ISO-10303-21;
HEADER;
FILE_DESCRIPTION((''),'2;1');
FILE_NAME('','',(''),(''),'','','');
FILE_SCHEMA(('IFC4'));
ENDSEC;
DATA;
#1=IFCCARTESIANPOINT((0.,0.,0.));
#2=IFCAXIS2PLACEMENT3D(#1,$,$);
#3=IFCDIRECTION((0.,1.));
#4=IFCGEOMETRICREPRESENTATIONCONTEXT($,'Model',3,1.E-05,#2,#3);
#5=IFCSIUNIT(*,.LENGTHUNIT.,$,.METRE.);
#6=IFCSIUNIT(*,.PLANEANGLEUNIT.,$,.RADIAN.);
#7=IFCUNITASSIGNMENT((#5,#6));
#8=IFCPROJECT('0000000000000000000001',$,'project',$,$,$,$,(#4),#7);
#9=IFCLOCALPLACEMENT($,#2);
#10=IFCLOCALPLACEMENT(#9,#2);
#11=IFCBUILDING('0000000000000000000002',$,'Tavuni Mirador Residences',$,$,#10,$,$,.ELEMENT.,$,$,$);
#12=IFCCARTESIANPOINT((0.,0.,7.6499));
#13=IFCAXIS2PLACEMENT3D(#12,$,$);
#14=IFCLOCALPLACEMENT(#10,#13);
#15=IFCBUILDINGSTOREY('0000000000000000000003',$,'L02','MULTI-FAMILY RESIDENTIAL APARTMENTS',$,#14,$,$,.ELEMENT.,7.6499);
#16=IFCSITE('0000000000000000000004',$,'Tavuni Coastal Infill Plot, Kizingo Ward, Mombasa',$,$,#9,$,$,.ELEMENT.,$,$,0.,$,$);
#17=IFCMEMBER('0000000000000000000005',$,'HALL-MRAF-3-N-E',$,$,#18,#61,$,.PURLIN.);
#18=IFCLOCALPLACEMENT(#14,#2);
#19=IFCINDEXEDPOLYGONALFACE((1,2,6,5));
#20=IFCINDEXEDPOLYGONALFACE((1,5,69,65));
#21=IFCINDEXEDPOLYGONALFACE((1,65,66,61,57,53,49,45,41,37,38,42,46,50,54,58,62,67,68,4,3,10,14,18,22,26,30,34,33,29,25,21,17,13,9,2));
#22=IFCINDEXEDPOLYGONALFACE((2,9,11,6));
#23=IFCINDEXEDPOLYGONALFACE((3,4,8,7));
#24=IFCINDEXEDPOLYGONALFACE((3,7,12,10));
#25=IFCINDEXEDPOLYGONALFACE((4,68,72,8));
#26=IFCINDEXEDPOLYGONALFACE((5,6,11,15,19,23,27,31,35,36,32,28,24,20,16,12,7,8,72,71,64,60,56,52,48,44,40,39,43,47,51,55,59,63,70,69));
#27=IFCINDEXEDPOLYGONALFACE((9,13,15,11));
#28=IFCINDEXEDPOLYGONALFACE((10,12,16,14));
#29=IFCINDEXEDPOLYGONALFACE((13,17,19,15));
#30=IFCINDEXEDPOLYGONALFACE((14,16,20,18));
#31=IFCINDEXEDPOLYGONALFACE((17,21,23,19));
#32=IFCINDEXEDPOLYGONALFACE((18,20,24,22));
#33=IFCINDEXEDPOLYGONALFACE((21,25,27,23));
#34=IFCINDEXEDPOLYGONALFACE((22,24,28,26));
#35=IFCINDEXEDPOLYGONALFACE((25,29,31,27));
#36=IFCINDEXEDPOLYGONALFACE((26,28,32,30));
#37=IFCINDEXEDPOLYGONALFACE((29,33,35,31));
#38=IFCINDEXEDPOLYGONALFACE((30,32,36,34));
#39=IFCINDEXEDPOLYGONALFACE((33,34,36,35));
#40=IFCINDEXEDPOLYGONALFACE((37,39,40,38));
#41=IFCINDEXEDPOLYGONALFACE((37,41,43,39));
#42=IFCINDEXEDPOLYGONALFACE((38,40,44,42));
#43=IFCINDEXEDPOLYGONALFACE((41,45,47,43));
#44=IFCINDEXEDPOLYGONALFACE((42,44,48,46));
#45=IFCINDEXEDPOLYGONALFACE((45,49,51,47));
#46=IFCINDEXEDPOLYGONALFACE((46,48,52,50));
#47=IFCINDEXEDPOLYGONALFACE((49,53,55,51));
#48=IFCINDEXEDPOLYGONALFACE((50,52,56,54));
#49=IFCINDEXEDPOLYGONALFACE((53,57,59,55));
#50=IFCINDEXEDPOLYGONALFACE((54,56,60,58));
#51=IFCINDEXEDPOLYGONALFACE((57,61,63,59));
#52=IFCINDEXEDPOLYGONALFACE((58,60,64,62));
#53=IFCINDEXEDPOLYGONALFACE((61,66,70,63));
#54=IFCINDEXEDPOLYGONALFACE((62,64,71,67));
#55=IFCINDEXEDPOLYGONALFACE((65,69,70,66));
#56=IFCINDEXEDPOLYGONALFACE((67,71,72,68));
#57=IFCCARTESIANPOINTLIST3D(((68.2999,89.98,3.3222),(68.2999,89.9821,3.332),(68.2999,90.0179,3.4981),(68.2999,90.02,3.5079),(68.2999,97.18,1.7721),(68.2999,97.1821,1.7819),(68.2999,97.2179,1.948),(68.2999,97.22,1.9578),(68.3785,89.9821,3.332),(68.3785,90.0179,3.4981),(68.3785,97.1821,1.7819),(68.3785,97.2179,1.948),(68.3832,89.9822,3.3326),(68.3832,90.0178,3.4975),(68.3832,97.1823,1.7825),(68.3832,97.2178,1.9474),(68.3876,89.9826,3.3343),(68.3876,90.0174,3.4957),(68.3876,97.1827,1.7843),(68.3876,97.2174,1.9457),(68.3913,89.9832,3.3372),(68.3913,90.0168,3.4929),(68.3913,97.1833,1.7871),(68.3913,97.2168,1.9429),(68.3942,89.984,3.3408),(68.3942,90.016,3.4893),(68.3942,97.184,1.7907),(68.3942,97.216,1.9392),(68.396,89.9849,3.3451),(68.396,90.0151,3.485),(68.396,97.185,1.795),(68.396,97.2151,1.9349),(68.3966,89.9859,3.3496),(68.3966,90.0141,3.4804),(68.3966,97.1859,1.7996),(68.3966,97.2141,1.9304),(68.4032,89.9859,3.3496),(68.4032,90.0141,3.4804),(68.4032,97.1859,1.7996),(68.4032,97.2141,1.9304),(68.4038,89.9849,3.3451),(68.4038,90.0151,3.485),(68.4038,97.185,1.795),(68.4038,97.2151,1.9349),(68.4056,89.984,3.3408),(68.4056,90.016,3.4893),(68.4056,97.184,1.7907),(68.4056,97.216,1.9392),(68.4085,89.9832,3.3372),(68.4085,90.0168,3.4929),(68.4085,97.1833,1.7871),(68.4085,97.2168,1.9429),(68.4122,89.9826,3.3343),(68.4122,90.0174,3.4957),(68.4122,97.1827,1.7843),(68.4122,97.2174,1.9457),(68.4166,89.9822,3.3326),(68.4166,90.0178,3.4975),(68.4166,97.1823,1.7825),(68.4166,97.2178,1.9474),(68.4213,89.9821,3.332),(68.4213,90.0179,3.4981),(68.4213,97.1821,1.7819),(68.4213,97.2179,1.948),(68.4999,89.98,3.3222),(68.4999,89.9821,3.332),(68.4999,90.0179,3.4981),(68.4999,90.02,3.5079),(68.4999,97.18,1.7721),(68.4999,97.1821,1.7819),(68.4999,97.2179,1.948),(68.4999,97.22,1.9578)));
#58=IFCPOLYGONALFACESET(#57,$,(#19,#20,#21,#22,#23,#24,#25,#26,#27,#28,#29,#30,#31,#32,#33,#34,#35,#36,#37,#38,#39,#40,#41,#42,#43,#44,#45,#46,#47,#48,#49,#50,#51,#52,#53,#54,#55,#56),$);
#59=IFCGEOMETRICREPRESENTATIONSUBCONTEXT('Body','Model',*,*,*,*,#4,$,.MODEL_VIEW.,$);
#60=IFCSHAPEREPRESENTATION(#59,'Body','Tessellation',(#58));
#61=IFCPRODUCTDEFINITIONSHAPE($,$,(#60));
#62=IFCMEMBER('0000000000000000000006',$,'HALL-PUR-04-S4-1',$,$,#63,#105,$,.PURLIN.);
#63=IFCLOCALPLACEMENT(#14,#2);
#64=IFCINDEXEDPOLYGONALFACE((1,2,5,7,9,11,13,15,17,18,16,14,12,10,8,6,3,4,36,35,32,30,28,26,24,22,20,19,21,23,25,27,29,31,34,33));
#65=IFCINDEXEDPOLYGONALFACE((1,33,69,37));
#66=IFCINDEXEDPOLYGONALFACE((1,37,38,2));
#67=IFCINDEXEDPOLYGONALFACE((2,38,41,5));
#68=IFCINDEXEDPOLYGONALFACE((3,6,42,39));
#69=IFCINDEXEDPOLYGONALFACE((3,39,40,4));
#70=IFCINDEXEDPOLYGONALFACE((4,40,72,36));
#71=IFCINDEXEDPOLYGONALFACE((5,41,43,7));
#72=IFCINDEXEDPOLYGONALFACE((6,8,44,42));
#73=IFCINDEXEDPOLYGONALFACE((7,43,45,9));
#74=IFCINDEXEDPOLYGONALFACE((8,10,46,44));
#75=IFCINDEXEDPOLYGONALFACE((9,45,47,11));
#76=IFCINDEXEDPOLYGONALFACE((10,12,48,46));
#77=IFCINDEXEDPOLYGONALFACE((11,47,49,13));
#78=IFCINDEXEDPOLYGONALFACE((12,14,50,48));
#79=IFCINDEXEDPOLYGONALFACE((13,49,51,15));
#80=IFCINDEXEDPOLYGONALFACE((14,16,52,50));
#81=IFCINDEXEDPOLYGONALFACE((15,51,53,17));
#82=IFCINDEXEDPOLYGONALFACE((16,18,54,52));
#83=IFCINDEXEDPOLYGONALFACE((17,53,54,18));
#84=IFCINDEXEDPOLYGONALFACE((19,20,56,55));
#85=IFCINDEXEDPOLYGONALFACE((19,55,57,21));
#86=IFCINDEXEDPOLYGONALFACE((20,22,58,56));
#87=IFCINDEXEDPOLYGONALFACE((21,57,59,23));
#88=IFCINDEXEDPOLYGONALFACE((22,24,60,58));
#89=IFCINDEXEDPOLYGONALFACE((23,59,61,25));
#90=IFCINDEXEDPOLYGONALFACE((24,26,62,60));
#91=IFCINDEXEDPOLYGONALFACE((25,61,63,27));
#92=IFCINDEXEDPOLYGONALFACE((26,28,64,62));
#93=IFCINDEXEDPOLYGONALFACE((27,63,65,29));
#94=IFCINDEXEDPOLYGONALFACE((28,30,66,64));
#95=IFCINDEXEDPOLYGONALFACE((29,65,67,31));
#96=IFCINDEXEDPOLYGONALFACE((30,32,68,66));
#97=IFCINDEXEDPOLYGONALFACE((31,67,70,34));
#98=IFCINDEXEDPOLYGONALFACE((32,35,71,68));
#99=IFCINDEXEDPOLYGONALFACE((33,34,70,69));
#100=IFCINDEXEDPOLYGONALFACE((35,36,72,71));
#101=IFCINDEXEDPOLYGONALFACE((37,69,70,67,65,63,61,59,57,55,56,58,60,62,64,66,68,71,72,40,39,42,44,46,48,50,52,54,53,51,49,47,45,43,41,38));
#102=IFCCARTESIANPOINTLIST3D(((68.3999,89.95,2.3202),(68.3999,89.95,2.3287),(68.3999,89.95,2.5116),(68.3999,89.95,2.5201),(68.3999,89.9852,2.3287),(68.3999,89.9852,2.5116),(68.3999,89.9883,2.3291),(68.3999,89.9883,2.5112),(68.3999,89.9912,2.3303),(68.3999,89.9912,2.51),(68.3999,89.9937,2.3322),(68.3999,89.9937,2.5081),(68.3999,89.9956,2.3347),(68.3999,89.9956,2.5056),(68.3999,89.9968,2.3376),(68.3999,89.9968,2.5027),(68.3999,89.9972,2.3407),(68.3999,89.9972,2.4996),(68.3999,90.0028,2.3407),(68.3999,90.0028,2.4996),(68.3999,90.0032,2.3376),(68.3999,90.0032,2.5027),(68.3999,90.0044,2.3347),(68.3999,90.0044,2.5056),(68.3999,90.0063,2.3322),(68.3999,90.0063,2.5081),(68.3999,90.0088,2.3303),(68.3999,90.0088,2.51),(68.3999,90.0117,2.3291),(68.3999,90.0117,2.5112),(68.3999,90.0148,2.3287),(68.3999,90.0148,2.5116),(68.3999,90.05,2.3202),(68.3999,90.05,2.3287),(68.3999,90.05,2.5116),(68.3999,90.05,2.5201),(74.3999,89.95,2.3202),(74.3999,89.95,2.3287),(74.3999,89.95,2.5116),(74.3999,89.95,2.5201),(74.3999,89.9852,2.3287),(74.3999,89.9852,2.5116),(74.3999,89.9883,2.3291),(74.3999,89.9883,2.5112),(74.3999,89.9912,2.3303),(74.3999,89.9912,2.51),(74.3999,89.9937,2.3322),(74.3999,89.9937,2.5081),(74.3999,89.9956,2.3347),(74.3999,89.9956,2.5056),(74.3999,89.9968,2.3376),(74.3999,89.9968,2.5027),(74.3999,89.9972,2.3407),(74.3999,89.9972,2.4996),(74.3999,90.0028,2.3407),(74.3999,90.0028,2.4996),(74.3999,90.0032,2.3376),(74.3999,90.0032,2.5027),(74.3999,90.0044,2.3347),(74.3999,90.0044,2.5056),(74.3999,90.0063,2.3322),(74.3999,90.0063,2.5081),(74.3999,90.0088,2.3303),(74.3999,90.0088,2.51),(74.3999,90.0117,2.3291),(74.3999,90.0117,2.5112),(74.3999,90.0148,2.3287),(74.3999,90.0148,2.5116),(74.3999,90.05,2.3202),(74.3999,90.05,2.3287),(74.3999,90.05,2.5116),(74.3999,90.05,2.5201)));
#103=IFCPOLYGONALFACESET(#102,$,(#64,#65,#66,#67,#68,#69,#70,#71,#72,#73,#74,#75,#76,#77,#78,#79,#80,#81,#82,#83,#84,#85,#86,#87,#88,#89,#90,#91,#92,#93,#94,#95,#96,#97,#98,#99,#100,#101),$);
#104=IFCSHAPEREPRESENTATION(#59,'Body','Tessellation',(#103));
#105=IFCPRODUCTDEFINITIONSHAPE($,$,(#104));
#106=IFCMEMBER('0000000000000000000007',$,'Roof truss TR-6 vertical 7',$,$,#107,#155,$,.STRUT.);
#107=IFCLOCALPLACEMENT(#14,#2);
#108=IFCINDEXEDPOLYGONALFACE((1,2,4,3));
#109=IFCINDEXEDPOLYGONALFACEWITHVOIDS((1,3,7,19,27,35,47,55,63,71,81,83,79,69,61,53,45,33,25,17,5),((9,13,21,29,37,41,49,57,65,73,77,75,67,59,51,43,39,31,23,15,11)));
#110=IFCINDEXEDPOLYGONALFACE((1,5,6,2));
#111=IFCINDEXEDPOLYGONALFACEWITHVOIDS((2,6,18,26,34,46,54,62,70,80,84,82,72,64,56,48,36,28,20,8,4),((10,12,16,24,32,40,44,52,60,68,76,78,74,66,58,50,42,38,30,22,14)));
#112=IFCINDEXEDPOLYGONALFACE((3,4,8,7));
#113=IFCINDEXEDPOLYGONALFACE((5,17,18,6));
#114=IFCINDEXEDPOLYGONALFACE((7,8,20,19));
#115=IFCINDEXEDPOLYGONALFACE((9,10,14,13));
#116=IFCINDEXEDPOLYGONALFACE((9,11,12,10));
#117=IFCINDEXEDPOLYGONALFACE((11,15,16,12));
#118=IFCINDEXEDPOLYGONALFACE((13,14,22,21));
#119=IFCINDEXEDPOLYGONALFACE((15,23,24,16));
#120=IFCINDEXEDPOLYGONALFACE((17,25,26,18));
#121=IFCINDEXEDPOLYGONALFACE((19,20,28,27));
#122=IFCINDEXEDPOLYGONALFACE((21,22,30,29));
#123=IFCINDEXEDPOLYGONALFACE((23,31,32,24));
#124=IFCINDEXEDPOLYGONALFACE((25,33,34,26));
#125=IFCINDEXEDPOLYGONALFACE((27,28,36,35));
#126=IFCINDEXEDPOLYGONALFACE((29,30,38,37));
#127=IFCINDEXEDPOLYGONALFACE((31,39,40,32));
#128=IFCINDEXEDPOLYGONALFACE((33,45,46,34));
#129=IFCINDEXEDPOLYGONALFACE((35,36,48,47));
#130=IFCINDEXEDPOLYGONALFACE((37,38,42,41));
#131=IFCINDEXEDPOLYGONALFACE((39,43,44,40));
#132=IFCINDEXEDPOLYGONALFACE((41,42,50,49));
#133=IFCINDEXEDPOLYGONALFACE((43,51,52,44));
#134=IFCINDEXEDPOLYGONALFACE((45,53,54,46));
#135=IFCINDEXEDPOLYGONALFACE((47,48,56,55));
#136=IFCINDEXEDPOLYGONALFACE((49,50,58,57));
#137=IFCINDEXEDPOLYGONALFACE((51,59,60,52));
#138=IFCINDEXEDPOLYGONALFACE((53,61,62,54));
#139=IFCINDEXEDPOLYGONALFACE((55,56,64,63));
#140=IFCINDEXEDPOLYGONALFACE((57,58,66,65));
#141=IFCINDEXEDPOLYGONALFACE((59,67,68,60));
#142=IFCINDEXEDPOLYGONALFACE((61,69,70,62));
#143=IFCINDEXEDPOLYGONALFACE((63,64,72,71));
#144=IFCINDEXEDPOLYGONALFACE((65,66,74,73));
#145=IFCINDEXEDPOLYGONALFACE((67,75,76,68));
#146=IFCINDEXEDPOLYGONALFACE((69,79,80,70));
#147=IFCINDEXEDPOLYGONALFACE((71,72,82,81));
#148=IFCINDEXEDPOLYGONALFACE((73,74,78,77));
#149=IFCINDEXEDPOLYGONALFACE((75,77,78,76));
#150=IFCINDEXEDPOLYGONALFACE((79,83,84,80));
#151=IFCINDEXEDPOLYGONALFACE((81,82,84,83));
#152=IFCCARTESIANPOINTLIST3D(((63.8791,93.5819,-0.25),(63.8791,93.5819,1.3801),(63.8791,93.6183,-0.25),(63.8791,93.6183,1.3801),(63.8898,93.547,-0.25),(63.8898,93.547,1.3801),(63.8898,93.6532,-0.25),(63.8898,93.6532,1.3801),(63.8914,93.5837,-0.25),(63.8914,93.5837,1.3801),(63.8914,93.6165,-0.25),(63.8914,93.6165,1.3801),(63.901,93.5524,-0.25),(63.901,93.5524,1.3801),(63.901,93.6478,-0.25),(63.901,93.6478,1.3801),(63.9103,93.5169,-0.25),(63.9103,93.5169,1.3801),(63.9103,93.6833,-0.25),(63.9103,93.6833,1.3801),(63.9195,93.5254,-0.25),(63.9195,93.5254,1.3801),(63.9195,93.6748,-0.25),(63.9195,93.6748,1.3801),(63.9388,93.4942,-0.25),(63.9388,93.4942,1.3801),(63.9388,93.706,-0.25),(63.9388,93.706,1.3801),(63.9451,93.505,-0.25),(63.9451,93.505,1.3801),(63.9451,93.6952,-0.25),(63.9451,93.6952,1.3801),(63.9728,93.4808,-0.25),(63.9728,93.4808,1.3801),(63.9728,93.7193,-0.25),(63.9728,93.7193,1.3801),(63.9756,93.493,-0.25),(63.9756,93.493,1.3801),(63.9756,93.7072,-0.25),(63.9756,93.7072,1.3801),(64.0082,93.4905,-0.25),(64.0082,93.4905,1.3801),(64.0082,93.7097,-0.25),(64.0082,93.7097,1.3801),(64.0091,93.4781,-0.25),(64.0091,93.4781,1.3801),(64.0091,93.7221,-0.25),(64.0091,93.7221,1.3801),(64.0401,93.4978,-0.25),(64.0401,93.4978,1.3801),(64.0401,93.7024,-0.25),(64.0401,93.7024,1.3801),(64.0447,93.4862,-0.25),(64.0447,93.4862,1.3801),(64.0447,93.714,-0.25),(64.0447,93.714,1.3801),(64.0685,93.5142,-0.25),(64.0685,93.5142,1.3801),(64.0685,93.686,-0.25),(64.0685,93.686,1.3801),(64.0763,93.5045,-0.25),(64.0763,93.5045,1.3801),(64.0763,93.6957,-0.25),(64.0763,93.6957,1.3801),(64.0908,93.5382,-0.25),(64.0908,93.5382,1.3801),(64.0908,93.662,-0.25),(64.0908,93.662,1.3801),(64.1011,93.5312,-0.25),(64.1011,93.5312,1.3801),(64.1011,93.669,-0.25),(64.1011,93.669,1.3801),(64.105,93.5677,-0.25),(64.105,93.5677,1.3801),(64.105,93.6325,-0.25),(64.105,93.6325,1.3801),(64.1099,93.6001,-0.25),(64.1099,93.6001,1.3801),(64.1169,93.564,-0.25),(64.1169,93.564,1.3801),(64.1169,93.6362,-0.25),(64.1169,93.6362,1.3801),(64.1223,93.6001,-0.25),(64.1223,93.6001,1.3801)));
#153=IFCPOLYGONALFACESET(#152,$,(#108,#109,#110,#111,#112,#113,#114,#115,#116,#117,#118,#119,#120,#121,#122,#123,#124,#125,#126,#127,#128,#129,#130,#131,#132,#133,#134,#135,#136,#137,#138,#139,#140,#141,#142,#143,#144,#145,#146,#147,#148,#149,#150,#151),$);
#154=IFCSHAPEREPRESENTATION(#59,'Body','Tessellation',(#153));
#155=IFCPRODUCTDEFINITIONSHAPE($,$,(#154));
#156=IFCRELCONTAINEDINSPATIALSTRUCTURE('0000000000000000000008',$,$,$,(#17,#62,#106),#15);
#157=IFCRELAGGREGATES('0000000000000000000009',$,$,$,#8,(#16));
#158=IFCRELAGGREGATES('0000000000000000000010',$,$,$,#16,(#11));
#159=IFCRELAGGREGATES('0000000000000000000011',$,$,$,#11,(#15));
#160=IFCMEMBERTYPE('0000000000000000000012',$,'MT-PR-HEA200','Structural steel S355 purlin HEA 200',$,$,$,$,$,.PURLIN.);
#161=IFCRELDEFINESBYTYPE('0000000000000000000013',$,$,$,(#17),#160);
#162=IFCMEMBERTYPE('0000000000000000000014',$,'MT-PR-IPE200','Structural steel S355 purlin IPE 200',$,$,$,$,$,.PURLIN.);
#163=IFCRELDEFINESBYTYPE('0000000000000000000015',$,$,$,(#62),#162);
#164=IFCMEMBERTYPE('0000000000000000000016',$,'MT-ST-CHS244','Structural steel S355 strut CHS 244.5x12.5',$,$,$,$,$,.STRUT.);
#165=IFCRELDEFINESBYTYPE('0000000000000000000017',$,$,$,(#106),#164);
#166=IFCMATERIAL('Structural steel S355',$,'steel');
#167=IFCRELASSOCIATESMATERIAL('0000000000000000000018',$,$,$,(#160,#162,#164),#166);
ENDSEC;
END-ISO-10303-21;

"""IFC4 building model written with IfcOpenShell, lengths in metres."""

from ifc_helpers import new_model, si_unit, direction, frame, origin, origin_2d, place, context, subcontext, project, spatial, hollow_circle, i_section, extrude, material, material_profile, profile_set, type_object, element, save


model = new_model("IFC4")

# Units and contexts
model_context = context("Model", 3, precision=1e-05, world=origin(), true_north=direction((0.0, 1.0)))
body_context = subcontext(model_context, "Body", "Model", "MODEL_VIEW")
ifc_project = project(units=[si_unit("LENGTHUNIT", "METRE"), si_unit("PLANEANGLEUNIT", "RADIAN")], contexts=[model_context])

# Site, building, storey
site_placement = place(None, origin())
site = spatial("IfcSite", under=ifc_project, at=site_placement, Name="Tavuni Coastal Infill Plot, Kizingo Ward, Mombasa", CompositionType="ELEMENT", RefElevation=0.0)
building_placement = place(site_placement, origin())
building = spatial("IfcBuilding", under=site, at=building_placement, Name="Tavuni Mirador Residences", CompositionType="ELEMENT")
storey_placement = place(building_placement, frame((0.0, 0.0, 7.6499)))
storey = spatial("IfcBuildingStorey", under=building, at=storey_placement, Name="L02", Description="MULTI-FAMILY RESIDENTIAL APARTMENTS", CompositionType="ELEMENT", Elevation=7.6499)

# Members
ifc_material_1 = material(Name="Structural steel S355", Category="steel")
ifc_material_profile_1 = material_profile(ifc_material_1, i_section(OverallWidth=0.2, OverallDepth=0.1899, WebThickness=0.0066, FlangeThickness=0.01, FilletRadius=0.0181, at=origin_2d()), Name="HEA 200", Category="steel")
ifc_profile_set_1 = profile_set([ifc_material_profile_1], Name="Structural steel S355")
member_type_1 = type_object("IfcMemberType", Name="MT-PR-HEA200", Description="Structural steel S355 purlin HEA 200", PredefinedType="PURLIN", material=ifc_profile_set_1)
member_1_placement = place(storey_placement, frame((68.3999, 90.0, 3.415), z_axis=(0.0, 0.977602, -0.210464), x_axis=(-1.0, 0.0, 0.0)))
element("IfcMember", 1, at=member_1_placement, inside=storey, type_object=member_type_1, Name="HALL-MRAF-3-N-E", PredefinedType="PURLIN", context=body_context, shape_type="SweptSolid", body=[
    extrude(i_section(OverallWidth=0.2, OverallDepth=0.1899, WebThickness=0.0066, FlangeThickness=0.01, FilletRadius=0.0181, at=origin_2d()), origin(), (0.0, 0.0, 1.0), 7.365),
])
ifc_material_profile_2 = material_profile(ifc_material_1, i_section(OverallWidth=0.1001, OverallDepth=0.2, WebThickness=0.0056, FlangeThickness=0.0085, FilletRadius=0.012, at=origin_2d()), Name="IPE 200", Category="steel")
ifc_profile_set_2 = profile_set([ifc_material_profile_2], Name="Structural steel S355")
member_type_2 = type_object("IfcMemberType", Name="MT-PR-IPE200", Description="Structural steel S355 purlin IPE 200", PredefinedType="PURLIN", material=ifc_profile_set_2)
member_2_placement = place(storey_placement, frame((68.3999, 90.0, 2.4202), z_axis=(1.0, 0.0, 0.0), x_axis=(0.0, 1.0, 0.0)))
element("IfcMember", 2, at=member_2_placement, inside=storey, type_object=member_type_2, Name="HALL-PUR-04-S4-1", PredefinedType="PURLIN", context=body_context, shape_type="SweptSolid", body=[
    extrude(i_section(OverallWidth=0.1001, OverallDepth=0.2, WebThickness=0.0056, FlangeThickness=0.0085, FilletRadius=0.012, at=origin_2d()), origin(), (0.0, 0.0, 1.0), 6.0),
])
ifc_material_profile_3 = material_profile(ifc_material_1, hollow_circle(Radius=0.1223, WallThickness=0.0125, at=origin_2d()), Name="CHS 244.5x12.5", Category="steel")
ifc_profile_set_3 = profile_set([ifc_material_profile_3], Name="Structural steel S355")
member_type_3 = type_object("IfcMemberType", Name="MT-ST-CHS244", Description="Structural steel S355 strut CHS 244.5x12.5", PredefinedType="STRUT", material=ifc_profile_set_3)
member_3_placement = place(storey_placement, frame((64.0, 93.6001, -0.25), z_axis=(0.0, 0.0, 1.0), x_axis=(1.0, 0.0, 0.0)))
element("IfcMember", 3, at=member_3_placement, inside=storey, type_object=member_type_3, Name="Roof truss TR-6 vertical 7", PredefinedType="STRUT", context=body_context, shape_type="SweptSolid", body=[
    extrude(hollow_circle(Radius=0.1223, WallThickness=0.0125, at=origin_2d()), origin(), (0.0, 0.0, 1.0), 1.6301),
])

save(model, "model.ifc")
